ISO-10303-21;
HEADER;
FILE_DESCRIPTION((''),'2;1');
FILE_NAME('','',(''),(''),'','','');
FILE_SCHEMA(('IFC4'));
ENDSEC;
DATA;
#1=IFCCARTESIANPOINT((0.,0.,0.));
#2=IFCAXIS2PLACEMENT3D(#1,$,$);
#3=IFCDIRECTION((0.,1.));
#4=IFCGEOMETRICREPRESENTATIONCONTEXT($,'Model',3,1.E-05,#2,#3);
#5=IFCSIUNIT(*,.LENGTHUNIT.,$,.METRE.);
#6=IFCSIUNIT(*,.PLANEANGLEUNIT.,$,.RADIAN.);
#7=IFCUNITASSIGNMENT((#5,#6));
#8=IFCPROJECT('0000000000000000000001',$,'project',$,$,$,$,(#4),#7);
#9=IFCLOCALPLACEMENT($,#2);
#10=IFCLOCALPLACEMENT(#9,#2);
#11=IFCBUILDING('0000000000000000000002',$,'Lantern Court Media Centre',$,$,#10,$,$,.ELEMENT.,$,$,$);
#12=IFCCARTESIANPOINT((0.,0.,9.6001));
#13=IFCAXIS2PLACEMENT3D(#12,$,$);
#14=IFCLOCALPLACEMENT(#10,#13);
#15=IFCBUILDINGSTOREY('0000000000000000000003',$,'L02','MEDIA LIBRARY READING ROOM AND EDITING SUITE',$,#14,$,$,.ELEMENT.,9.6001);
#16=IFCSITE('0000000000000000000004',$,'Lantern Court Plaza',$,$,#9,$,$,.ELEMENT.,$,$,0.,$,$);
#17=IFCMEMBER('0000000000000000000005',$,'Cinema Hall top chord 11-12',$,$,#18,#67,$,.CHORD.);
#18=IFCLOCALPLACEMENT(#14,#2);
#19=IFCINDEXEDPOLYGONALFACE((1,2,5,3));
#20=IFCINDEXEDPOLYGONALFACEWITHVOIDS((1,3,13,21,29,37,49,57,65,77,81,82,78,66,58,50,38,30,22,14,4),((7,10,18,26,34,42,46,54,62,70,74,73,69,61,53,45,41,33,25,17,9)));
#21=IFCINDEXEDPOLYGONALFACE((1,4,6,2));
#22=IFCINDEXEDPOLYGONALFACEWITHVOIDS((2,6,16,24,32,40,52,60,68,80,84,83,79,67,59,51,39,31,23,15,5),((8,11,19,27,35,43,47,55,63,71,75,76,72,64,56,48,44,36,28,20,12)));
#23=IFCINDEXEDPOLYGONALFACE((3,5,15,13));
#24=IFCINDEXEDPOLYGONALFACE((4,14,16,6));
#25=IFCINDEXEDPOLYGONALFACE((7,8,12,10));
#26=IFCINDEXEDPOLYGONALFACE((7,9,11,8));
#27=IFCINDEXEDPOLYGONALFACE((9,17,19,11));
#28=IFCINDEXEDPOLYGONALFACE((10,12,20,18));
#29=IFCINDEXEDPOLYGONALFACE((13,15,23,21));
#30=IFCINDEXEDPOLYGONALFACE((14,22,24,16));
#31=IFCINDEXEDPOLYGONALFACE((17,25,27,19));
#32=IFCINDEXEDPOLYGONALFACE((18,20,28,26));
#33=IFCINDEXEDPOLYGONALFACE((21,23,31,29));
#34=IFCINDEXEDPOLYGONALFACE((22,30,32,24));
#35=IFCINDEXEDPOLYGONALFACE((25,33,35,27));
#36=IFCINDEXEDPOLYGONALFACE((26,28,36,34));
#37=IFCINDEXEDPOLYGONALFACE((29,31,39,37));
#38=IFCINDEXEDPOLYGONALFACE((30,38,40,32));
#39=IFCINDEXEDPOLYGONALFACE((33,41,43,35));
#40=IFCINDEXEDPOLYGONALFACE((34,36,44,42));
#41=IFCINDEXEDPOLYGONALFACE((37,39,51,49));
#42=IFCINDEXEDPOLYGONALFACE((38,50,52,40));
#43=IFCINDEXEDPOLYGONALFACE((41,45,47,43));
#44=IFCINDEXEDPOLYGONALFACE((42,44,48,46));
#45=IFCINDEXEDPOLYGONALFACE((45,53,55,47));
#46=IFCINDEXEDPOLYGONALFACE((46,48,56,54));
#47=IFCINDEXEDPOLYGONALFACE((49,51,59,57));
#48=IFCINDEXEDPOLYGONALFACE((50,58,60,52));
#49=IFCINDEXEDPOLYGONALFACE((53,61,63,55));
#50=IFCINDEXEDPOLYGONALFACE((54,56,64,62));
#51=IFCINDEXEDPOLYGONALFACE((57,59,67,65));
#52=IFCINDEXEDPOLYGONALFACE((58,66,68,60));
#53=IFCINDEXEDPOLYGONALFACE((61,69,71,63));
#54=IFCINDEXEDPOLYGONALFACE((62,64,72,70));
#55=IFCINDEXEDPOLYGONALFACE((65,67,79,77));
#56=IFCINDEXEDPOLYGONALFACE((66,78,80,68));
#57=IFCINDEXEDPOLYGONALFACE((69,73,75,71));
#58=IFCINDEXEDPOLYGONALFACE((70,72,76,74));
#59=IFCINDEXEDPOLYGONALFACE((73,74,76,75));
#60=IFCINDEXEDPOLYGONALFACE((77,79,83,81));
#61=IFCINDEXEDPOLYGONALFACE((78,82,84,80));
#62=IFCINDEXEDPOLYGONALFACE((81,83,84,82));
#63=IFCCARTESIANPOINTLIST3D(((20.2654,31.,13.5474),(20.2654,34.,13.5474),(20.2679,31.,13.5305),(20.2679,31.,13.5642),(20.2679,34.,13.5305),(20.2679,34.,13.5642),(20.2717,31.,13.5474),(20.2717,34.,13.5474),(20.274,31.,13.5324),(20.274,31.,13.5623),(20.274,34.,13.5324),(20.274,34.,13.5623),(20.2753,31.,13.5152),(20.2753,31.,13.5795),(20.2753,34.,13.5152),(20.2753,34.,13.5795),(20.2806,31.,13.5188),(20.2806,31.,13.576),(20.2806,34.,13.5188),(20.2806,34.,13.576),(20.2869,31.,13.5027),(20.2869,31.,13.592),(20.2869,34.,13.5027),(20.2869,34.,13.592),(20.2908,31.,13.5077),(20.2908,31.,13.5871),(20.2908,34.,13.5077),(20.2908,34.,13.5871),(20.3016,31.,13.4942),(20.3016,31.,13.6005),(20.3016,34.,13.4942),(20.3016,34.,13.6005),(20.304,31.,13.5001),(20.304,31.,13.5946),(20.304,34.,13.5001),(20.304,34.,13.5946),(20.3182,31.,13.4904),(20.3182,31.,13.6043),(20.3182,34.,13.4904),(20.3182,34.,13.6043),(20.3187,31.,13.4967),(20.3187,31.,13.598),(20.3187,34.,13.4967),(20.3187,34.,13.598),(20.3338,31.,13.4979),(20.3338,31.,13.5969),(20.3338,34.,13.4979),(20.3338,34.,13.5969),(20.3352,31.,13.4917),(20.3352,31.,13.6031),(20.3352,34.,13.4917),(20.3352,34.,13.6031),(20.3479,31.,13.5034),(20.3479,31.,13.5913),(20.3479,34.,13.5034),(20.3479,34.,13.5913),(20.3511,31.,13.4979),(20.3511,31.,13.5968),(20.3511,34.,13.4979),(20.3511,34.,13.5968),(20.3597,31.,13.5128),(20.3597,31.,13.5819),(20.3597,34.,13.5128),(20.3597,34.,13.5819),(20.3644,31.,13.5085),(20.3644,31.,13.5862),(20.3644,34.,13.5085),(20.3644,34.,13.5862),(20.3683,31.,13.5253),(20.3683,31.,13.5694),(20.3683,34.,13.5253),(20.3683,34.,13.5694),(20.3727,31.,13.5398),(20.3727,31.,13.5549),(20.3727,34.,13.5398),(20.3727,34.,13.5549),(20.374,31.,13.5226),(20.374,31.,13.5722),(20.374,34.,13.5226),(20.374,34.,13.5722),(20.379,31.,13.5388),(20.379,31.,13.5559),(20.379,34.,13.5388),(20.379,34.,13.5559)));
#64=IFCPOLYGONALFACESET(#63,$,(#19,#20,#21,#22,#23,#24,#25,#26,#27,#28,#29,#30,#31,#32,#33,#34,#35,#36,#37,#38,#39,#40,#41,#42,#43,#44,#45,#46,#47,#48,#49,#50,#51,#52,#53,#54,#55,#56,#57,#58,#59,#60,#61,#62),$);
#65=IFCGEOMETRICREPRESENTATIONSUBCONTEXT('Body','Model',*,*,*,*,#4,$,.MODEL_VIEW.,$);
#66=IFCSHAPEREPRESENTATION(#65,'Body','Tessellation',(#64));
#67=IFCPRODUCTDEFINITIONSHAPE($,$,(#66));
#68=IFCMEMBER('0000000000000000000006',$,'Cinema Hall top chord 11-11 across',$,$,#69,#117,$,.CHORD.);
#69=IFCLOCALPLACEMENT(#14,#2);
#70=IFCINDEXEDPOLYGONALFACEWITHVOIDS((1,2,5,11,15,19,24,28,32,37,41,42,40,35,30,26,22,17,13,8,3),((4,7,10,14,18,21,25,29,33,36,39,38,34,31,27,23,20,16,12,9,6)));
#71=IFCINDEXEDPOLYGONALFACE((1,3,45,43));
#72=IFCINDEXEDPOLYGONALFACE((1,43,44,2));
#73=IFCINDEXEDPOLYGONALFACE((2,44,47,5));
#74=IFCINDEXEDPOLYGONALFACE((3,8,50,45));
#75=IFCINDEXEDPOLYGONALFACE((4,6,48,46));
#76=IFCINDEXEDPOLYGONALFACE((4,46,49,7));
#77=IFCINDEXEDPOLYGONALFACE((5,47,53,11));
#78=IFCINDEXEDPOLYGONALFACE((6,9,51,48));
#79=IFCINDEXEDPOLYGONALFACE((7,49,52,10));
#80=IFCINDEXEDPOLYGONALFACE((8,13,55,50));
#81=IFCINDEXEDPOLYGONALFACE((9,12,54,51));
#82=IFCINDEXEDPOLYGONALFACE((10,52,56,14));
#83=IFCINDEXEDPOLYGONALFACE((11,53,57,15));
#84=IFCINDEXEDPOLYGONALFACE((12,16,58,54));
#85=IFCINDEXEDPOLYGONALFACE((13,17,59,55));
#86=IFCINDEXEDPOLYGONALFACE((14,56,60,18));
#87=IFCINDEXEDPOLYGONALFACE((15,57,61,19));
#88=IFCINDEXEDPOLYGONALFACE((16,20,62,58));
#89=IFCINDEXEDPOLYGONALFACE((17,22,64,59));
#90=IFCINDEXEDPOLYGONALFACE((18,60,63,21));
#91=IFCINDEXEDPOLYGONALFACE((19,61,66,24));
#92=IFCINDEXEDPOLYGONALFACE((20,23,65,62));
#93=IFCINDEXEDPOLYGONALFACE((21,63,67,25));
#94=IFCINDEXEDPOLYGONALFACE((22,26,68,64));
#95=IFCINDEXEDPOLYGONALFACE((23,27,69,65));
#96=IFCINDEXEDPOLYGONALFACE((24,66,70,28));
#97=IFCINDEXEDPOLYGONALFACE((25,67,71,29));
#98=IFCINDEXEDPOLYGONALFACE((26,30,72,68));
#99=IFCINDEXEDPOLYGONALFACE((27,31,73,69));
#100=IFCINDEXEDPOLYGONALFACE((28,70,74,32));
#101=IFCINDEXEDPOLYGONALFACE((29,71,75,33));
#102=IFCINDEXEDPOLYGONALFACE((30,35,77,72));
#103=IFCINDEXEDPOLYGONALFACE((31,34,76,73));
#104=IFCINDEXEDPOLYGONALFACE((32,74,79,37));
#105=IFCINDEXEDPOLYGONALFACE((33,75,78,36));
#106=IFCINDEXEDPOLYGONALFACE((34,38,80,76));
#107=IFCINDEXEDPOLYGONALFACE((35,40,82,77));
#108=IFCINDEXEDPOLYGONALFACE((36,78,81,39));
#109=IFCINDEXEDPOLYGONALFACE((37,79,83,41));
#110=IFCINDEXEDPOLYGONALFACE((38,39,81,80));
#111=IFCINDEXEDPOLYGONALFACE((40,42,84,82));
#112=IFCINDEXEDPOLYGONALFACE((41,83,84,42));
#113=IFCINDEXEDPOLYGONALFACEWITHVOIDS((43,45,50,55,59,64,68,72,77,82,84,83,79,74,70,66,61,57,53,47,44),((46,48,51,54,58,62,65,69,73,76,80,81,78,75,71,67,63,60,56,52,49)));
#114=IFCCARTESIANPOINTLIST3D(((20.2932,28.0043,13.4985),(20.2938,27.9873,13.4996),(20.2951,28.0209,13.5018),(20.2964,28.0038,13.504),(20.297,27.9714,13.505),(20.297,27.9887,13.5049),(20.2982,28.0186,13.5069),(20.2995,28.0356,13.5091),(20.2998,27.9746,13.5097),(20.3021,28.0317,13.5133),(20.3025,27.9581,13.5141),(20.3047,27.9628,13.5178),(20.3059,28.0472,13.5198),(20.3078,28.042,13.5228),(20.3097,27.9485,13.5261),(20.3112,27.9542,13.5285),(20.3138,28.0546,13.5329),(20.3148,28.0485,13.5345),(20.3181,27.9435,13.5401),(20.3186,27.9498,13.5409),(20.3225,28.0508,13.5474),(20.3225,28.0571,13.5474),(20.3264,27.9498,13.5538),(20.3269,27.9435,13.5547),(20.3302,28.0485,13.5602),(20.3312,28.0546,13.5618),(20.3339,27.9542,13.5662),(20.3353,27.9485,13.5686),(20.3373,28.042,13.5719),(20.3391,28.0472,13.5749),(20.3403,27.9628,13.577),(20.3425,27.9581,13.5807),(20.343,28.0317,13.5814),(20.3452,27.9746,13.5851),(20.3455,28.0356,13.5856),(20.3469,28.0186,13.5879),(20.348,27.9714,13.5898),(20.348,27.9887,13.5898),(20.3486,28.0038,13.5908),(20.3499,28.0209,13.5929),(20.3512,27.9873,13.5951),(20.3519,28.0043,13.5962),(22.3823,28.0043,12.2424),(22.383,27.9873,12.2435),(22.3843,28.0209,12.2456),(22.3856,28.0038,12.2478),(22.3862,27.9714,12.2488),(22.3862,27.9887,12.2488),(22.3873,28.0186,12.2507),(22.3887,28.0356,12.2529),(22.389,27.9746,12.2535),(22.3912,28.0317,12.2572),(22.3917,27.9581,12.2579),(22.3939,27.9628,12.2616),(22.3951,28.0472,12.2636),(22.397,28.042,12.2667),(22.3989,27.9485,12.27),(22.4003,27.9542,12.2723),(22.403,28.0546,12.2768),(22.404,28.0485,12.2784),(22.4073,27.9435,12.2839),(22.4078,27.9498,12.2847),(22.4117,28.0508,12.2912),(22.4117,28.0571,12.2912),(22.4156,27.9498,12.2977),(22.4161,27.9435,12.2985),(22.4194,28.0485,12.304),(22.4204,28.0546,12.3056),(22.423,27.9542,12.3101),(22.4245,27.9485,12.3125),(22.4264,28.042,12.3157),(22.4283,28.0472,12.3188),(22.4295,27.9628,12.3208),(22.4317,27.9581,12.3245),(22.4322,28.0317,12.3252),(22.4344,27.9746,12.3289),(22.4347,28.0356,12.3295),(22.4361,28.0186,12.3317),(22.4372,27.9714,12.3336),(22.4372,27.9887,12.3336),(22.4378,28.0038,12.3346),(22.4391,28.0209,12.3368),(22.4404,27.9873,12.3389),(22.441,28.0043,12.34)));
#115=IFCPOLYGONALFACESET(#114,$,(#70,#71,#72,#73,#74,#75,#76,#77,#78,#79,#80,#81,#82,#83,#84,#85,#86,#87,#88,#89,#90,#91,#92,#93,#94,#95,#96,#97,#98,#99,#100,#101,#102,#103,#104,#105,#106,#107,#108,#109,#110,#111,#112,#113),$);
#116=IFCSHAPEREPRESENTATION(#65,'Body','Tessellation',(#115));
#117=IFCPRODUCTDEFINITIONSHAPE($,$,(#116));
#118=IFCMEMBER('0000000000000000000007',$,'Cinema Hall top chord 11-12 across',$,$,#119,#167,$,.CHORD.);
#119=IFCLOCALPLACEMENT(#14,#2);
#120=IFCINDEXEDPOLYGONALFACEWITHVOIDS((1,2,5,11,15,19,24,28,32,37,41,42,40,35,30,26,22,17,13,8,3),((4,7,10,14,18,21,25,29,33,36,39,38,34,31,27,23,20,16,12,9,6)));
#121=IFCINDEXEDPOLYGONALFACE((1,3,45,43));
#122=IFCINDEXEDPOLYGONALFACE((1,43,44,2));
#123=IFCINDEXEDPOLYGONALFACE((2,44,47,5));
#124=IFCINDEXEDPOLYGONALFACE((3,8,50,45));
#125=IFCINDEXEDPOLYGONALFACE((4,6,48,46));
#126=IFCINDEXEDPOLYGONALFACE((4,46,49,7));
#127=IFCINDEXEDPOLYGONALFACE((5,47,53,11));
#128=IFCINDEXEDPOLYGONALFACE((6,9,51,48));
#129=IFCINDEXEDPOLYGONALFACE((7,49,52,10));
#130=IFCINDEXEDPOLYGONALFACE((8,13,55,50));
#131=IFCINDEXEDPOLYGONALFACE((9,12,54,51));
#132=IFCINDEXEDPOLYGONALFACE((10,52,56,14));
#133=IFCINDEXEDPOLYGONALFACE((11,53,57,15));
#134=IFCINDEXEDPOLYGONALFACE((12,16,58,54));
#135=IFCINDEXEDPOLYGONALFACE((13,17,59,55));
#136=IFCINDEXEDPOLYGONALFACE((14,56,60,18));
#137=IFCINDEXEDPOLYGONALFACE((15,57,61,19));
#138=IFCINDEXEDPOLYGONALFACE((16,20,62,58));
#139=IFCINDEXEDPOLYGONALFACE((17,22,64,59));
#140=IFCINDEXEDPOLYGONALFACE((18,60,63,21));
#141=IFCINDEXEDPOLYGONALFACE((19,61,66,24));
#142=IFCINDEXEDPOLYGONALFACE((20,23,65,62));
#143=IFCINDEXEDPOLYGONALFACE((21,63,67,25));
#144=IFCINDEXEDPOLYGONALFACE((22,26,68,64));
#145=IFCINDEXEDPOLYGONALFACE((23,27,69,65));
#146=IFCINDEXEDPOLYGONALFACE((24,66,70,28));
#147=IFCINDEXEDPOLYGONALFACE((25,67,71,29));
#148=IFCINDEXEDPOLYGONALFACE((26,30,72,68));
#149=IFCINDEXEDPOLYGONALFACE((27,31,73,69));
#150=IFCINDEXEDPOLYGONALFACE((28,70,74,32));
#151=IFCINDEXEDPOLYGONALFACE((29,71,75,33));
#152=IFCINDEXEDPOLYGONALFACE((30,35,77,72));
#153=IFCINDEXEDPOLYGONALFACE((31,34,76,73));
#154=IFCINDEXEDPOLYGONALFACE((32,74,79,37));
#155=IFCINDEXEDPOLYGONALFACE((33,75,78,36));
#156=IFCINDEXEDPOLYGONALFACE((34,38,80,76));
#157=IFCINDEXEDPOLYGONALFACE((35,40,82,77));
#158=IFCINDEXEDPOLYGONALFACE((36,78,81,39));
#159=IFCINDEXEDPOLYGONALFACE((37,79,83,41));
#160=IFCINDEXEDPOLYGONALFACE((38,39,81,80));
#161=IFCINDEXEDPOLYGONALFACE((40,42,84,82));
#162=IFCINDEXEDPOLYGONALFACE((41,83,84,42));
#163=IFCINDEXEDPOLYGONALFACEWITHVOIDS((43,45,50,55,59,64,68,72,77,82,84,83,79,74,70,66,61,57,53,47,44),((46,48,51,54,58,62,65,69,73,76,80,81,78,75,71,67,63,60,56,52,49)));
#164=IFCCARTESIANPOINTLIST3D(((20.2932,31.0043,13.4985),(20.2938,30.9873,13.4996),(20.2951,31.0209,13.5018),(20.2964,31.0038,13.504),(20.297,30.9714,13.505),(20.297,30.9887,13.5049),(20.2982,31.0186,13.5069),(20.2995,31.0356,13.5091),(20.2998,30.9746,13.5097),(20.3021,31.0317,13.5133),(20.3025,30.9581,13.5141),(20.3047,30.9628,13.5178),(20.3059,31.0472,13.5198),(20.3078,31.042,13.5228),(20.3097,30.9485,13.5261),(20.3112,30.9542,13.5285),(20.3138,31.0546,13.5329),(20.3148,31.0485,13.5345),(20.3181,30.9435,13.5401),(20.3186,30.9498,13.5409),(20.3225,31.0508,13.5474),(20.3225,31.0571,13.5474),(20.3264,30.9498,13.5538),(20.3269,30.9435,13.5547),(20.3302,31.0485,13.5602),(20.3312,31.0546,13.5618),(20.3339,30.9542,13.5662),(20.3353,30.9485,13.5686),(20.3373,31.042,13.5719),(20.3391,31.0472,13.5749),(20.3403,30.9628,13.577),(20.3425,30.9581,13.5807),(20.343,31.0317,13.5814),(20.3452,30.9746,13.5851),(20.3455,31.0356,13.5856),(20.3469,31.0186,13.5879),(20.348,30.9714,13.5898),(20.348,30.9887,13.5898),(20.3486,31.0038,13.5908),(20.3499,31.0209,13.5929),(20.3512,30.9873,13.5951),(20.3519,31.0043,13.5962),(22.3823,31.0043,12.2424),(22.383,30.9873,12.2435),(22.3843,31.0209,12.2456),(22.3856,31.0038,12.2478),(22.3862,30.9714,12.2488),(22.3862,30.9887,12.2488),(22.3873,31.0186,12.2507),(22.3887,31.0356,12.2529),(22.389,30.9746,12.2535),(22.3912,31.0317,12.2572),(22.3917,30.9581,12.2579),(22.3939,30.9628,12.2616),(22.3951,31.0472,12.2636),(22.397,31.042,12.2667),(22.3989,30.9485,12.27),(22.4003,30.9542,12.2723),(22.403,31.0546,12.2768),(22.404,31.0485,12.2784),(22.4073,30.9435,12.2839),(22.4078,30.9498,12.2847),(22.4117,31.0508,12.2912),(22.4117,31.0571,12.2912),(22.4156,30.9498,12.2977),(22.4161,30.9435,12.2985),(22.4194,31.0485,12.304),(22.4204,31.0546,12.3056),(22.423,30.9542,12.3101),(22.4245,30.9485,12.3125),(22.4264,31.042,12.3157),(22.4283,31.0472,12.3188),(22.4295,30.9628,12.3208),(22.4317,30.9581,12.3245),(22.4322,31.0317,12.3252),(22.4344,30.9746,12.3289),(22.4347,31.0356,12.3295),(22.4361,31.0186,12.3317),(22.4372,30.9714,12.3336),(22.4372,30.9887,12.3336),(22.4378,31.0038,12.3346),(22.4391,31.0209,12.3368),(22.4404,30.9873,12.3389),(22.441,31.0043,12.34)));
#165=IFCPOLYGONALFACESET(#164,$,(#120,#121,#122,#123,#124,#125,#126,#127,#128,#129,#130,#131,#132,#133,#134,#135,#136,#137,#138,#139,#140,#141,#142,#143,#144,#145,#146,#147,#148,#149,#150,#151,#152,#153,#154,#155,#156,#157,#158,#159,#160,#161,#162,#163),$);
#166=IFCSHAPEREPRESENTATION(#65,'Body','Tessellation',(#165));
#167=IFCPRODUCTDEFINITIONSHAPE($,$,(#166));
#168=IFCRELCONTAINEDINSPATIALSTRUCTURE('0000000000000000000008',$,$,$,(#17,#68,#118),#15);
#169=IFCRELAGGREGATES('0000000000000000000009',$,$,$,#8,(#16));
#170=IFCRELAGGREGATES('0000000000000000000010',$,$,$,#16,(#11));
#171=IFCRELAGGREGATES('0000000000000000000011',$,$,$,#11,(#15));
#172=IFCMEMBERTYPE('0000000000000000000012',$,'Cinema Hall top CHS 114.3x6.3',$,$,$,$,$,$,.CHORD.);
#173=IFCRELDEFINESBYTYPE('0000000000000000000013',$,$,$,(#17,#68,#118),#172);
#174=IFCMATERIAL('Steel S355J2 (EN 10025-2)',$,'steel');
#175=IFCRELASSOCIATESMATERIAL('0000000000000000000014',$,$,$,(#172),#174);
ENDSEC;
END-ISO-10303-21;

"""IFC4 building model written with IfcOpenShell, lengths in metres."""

from ifc_helpers import new_model, si_unit, direction, frame, origin, origin_2d, place, context, subcontext, project, spatial, hollow_circle, extrude, material, material_profile, profile_set, type_object, element, save


model = new_model("IFC4")

# Units and contexts
model_context = context("Model", 3, precision=1e-05, world=origin(), true_north=direction((0.0, 1.0)))
body_context = subcontext(model_context, "Body", "Model", "MODEL_VIEW")
ifc_project = project(units=[si_unit("LENGTHUNIT", "METRE"), si_unit("PLANEANGLEUNIT", "RADIAN")], contexts=[model_context])

# Site, building, storey
site_placement = place(None, origin())
site = spatial("IfcSite", under=ifc_project, at=site_placement, Name="Lantern Court Plaza", CompositionType="ELEMENT", RefElevation=0.0)
building_placement = place(site_placement, origin())
building = spatial("IfcBuilding", under=site, at=building_placement, Name="Lantern Court Media Centre", CompositionType="ELEMENT")
storey_placement = place(building_placement, frame((0.0, 0.0, 9.6001)))
storey = spatial("IfcBuildingStorey", under=building, at=storey_placement, Name="L02", Description="MEDIA LIBRARY READING ROOM AND EDITING SUITE", CompositionType="ELEMENT", Elevation=9.6001)

# Members
ifc_material = material(Name="Steel S355J2 (EN 10025-2)", Category="steel")
ifc_material_profile_1 = material_profile(ifc_material, hollow_circle(Radius=0.0571, WallThickness=0.0063, at=origin_2d()), Name="Cinema Hall top CHS 114.3x6.3")
ifc_profile_set_1 = profile_set([ifc_material_profile_1], Name="Steel S355J2 (EN 10025-2)")
member_type_1 = type_object("IfcMemberType", Name="Cinema Hall top CHS 114.3x6.3", PredefinedType="CHORD", material=ifc_profile_set_1)
for number, where, z_axis, x_axis, name in (
    (1, (20.3225, 31.0, 13.5474), (0.0, 1.0, 0.0), (-1.0, 0.0, 0.0), "Cinema Hall top chord 11-12"),
):
    element("IfcMember", number, at=place(storey_placement, frame(where, z_axis=z_axis, x_axis=x_axis)), inside=storey, type_object=member_type_1, Name=name, PredefinedType="CHORD", context=body_context, shape_type="SweptSolid", body=[
        extrude(hollow_circle(Radius=0.0571, WallThickness=0.0063, at=origin_2d()), origin(), (0.0, 0.0, 1.0), 3.0),
    ])
for number, where, z_axis, x_axis, name in (
    (2, (20.3225, 28.0, 13.5474), (0.857015, 0.0, -0.515291), (0.0, 1.0, 0.0), "Cinema Hall top chord 11-11 across"),
    (3, (20.3225, 31.0, 13.5474), (0.857015, 0.0, -0.515291), (0.0, 1.0, 0.0), "Cinema Hall top chord 11-12 across"),
):
    element("IfcMember", number, at=place(storey_placement, frame(where, z_axis=z_axis, x_axis=x_axis)), inside=storey, type_object=member_type_1, Name=name, PredefinedType="CHORD", context=body_context, shape_type="SweptSolid", body=[
        extrude(hollow_circle(Radius=0.0571, WallThickness=0.0063, at=origin_2d()), origin(), (0.0, 0.0, 1.0), 2.4377),
    ])

save(model, "model.ifc")
